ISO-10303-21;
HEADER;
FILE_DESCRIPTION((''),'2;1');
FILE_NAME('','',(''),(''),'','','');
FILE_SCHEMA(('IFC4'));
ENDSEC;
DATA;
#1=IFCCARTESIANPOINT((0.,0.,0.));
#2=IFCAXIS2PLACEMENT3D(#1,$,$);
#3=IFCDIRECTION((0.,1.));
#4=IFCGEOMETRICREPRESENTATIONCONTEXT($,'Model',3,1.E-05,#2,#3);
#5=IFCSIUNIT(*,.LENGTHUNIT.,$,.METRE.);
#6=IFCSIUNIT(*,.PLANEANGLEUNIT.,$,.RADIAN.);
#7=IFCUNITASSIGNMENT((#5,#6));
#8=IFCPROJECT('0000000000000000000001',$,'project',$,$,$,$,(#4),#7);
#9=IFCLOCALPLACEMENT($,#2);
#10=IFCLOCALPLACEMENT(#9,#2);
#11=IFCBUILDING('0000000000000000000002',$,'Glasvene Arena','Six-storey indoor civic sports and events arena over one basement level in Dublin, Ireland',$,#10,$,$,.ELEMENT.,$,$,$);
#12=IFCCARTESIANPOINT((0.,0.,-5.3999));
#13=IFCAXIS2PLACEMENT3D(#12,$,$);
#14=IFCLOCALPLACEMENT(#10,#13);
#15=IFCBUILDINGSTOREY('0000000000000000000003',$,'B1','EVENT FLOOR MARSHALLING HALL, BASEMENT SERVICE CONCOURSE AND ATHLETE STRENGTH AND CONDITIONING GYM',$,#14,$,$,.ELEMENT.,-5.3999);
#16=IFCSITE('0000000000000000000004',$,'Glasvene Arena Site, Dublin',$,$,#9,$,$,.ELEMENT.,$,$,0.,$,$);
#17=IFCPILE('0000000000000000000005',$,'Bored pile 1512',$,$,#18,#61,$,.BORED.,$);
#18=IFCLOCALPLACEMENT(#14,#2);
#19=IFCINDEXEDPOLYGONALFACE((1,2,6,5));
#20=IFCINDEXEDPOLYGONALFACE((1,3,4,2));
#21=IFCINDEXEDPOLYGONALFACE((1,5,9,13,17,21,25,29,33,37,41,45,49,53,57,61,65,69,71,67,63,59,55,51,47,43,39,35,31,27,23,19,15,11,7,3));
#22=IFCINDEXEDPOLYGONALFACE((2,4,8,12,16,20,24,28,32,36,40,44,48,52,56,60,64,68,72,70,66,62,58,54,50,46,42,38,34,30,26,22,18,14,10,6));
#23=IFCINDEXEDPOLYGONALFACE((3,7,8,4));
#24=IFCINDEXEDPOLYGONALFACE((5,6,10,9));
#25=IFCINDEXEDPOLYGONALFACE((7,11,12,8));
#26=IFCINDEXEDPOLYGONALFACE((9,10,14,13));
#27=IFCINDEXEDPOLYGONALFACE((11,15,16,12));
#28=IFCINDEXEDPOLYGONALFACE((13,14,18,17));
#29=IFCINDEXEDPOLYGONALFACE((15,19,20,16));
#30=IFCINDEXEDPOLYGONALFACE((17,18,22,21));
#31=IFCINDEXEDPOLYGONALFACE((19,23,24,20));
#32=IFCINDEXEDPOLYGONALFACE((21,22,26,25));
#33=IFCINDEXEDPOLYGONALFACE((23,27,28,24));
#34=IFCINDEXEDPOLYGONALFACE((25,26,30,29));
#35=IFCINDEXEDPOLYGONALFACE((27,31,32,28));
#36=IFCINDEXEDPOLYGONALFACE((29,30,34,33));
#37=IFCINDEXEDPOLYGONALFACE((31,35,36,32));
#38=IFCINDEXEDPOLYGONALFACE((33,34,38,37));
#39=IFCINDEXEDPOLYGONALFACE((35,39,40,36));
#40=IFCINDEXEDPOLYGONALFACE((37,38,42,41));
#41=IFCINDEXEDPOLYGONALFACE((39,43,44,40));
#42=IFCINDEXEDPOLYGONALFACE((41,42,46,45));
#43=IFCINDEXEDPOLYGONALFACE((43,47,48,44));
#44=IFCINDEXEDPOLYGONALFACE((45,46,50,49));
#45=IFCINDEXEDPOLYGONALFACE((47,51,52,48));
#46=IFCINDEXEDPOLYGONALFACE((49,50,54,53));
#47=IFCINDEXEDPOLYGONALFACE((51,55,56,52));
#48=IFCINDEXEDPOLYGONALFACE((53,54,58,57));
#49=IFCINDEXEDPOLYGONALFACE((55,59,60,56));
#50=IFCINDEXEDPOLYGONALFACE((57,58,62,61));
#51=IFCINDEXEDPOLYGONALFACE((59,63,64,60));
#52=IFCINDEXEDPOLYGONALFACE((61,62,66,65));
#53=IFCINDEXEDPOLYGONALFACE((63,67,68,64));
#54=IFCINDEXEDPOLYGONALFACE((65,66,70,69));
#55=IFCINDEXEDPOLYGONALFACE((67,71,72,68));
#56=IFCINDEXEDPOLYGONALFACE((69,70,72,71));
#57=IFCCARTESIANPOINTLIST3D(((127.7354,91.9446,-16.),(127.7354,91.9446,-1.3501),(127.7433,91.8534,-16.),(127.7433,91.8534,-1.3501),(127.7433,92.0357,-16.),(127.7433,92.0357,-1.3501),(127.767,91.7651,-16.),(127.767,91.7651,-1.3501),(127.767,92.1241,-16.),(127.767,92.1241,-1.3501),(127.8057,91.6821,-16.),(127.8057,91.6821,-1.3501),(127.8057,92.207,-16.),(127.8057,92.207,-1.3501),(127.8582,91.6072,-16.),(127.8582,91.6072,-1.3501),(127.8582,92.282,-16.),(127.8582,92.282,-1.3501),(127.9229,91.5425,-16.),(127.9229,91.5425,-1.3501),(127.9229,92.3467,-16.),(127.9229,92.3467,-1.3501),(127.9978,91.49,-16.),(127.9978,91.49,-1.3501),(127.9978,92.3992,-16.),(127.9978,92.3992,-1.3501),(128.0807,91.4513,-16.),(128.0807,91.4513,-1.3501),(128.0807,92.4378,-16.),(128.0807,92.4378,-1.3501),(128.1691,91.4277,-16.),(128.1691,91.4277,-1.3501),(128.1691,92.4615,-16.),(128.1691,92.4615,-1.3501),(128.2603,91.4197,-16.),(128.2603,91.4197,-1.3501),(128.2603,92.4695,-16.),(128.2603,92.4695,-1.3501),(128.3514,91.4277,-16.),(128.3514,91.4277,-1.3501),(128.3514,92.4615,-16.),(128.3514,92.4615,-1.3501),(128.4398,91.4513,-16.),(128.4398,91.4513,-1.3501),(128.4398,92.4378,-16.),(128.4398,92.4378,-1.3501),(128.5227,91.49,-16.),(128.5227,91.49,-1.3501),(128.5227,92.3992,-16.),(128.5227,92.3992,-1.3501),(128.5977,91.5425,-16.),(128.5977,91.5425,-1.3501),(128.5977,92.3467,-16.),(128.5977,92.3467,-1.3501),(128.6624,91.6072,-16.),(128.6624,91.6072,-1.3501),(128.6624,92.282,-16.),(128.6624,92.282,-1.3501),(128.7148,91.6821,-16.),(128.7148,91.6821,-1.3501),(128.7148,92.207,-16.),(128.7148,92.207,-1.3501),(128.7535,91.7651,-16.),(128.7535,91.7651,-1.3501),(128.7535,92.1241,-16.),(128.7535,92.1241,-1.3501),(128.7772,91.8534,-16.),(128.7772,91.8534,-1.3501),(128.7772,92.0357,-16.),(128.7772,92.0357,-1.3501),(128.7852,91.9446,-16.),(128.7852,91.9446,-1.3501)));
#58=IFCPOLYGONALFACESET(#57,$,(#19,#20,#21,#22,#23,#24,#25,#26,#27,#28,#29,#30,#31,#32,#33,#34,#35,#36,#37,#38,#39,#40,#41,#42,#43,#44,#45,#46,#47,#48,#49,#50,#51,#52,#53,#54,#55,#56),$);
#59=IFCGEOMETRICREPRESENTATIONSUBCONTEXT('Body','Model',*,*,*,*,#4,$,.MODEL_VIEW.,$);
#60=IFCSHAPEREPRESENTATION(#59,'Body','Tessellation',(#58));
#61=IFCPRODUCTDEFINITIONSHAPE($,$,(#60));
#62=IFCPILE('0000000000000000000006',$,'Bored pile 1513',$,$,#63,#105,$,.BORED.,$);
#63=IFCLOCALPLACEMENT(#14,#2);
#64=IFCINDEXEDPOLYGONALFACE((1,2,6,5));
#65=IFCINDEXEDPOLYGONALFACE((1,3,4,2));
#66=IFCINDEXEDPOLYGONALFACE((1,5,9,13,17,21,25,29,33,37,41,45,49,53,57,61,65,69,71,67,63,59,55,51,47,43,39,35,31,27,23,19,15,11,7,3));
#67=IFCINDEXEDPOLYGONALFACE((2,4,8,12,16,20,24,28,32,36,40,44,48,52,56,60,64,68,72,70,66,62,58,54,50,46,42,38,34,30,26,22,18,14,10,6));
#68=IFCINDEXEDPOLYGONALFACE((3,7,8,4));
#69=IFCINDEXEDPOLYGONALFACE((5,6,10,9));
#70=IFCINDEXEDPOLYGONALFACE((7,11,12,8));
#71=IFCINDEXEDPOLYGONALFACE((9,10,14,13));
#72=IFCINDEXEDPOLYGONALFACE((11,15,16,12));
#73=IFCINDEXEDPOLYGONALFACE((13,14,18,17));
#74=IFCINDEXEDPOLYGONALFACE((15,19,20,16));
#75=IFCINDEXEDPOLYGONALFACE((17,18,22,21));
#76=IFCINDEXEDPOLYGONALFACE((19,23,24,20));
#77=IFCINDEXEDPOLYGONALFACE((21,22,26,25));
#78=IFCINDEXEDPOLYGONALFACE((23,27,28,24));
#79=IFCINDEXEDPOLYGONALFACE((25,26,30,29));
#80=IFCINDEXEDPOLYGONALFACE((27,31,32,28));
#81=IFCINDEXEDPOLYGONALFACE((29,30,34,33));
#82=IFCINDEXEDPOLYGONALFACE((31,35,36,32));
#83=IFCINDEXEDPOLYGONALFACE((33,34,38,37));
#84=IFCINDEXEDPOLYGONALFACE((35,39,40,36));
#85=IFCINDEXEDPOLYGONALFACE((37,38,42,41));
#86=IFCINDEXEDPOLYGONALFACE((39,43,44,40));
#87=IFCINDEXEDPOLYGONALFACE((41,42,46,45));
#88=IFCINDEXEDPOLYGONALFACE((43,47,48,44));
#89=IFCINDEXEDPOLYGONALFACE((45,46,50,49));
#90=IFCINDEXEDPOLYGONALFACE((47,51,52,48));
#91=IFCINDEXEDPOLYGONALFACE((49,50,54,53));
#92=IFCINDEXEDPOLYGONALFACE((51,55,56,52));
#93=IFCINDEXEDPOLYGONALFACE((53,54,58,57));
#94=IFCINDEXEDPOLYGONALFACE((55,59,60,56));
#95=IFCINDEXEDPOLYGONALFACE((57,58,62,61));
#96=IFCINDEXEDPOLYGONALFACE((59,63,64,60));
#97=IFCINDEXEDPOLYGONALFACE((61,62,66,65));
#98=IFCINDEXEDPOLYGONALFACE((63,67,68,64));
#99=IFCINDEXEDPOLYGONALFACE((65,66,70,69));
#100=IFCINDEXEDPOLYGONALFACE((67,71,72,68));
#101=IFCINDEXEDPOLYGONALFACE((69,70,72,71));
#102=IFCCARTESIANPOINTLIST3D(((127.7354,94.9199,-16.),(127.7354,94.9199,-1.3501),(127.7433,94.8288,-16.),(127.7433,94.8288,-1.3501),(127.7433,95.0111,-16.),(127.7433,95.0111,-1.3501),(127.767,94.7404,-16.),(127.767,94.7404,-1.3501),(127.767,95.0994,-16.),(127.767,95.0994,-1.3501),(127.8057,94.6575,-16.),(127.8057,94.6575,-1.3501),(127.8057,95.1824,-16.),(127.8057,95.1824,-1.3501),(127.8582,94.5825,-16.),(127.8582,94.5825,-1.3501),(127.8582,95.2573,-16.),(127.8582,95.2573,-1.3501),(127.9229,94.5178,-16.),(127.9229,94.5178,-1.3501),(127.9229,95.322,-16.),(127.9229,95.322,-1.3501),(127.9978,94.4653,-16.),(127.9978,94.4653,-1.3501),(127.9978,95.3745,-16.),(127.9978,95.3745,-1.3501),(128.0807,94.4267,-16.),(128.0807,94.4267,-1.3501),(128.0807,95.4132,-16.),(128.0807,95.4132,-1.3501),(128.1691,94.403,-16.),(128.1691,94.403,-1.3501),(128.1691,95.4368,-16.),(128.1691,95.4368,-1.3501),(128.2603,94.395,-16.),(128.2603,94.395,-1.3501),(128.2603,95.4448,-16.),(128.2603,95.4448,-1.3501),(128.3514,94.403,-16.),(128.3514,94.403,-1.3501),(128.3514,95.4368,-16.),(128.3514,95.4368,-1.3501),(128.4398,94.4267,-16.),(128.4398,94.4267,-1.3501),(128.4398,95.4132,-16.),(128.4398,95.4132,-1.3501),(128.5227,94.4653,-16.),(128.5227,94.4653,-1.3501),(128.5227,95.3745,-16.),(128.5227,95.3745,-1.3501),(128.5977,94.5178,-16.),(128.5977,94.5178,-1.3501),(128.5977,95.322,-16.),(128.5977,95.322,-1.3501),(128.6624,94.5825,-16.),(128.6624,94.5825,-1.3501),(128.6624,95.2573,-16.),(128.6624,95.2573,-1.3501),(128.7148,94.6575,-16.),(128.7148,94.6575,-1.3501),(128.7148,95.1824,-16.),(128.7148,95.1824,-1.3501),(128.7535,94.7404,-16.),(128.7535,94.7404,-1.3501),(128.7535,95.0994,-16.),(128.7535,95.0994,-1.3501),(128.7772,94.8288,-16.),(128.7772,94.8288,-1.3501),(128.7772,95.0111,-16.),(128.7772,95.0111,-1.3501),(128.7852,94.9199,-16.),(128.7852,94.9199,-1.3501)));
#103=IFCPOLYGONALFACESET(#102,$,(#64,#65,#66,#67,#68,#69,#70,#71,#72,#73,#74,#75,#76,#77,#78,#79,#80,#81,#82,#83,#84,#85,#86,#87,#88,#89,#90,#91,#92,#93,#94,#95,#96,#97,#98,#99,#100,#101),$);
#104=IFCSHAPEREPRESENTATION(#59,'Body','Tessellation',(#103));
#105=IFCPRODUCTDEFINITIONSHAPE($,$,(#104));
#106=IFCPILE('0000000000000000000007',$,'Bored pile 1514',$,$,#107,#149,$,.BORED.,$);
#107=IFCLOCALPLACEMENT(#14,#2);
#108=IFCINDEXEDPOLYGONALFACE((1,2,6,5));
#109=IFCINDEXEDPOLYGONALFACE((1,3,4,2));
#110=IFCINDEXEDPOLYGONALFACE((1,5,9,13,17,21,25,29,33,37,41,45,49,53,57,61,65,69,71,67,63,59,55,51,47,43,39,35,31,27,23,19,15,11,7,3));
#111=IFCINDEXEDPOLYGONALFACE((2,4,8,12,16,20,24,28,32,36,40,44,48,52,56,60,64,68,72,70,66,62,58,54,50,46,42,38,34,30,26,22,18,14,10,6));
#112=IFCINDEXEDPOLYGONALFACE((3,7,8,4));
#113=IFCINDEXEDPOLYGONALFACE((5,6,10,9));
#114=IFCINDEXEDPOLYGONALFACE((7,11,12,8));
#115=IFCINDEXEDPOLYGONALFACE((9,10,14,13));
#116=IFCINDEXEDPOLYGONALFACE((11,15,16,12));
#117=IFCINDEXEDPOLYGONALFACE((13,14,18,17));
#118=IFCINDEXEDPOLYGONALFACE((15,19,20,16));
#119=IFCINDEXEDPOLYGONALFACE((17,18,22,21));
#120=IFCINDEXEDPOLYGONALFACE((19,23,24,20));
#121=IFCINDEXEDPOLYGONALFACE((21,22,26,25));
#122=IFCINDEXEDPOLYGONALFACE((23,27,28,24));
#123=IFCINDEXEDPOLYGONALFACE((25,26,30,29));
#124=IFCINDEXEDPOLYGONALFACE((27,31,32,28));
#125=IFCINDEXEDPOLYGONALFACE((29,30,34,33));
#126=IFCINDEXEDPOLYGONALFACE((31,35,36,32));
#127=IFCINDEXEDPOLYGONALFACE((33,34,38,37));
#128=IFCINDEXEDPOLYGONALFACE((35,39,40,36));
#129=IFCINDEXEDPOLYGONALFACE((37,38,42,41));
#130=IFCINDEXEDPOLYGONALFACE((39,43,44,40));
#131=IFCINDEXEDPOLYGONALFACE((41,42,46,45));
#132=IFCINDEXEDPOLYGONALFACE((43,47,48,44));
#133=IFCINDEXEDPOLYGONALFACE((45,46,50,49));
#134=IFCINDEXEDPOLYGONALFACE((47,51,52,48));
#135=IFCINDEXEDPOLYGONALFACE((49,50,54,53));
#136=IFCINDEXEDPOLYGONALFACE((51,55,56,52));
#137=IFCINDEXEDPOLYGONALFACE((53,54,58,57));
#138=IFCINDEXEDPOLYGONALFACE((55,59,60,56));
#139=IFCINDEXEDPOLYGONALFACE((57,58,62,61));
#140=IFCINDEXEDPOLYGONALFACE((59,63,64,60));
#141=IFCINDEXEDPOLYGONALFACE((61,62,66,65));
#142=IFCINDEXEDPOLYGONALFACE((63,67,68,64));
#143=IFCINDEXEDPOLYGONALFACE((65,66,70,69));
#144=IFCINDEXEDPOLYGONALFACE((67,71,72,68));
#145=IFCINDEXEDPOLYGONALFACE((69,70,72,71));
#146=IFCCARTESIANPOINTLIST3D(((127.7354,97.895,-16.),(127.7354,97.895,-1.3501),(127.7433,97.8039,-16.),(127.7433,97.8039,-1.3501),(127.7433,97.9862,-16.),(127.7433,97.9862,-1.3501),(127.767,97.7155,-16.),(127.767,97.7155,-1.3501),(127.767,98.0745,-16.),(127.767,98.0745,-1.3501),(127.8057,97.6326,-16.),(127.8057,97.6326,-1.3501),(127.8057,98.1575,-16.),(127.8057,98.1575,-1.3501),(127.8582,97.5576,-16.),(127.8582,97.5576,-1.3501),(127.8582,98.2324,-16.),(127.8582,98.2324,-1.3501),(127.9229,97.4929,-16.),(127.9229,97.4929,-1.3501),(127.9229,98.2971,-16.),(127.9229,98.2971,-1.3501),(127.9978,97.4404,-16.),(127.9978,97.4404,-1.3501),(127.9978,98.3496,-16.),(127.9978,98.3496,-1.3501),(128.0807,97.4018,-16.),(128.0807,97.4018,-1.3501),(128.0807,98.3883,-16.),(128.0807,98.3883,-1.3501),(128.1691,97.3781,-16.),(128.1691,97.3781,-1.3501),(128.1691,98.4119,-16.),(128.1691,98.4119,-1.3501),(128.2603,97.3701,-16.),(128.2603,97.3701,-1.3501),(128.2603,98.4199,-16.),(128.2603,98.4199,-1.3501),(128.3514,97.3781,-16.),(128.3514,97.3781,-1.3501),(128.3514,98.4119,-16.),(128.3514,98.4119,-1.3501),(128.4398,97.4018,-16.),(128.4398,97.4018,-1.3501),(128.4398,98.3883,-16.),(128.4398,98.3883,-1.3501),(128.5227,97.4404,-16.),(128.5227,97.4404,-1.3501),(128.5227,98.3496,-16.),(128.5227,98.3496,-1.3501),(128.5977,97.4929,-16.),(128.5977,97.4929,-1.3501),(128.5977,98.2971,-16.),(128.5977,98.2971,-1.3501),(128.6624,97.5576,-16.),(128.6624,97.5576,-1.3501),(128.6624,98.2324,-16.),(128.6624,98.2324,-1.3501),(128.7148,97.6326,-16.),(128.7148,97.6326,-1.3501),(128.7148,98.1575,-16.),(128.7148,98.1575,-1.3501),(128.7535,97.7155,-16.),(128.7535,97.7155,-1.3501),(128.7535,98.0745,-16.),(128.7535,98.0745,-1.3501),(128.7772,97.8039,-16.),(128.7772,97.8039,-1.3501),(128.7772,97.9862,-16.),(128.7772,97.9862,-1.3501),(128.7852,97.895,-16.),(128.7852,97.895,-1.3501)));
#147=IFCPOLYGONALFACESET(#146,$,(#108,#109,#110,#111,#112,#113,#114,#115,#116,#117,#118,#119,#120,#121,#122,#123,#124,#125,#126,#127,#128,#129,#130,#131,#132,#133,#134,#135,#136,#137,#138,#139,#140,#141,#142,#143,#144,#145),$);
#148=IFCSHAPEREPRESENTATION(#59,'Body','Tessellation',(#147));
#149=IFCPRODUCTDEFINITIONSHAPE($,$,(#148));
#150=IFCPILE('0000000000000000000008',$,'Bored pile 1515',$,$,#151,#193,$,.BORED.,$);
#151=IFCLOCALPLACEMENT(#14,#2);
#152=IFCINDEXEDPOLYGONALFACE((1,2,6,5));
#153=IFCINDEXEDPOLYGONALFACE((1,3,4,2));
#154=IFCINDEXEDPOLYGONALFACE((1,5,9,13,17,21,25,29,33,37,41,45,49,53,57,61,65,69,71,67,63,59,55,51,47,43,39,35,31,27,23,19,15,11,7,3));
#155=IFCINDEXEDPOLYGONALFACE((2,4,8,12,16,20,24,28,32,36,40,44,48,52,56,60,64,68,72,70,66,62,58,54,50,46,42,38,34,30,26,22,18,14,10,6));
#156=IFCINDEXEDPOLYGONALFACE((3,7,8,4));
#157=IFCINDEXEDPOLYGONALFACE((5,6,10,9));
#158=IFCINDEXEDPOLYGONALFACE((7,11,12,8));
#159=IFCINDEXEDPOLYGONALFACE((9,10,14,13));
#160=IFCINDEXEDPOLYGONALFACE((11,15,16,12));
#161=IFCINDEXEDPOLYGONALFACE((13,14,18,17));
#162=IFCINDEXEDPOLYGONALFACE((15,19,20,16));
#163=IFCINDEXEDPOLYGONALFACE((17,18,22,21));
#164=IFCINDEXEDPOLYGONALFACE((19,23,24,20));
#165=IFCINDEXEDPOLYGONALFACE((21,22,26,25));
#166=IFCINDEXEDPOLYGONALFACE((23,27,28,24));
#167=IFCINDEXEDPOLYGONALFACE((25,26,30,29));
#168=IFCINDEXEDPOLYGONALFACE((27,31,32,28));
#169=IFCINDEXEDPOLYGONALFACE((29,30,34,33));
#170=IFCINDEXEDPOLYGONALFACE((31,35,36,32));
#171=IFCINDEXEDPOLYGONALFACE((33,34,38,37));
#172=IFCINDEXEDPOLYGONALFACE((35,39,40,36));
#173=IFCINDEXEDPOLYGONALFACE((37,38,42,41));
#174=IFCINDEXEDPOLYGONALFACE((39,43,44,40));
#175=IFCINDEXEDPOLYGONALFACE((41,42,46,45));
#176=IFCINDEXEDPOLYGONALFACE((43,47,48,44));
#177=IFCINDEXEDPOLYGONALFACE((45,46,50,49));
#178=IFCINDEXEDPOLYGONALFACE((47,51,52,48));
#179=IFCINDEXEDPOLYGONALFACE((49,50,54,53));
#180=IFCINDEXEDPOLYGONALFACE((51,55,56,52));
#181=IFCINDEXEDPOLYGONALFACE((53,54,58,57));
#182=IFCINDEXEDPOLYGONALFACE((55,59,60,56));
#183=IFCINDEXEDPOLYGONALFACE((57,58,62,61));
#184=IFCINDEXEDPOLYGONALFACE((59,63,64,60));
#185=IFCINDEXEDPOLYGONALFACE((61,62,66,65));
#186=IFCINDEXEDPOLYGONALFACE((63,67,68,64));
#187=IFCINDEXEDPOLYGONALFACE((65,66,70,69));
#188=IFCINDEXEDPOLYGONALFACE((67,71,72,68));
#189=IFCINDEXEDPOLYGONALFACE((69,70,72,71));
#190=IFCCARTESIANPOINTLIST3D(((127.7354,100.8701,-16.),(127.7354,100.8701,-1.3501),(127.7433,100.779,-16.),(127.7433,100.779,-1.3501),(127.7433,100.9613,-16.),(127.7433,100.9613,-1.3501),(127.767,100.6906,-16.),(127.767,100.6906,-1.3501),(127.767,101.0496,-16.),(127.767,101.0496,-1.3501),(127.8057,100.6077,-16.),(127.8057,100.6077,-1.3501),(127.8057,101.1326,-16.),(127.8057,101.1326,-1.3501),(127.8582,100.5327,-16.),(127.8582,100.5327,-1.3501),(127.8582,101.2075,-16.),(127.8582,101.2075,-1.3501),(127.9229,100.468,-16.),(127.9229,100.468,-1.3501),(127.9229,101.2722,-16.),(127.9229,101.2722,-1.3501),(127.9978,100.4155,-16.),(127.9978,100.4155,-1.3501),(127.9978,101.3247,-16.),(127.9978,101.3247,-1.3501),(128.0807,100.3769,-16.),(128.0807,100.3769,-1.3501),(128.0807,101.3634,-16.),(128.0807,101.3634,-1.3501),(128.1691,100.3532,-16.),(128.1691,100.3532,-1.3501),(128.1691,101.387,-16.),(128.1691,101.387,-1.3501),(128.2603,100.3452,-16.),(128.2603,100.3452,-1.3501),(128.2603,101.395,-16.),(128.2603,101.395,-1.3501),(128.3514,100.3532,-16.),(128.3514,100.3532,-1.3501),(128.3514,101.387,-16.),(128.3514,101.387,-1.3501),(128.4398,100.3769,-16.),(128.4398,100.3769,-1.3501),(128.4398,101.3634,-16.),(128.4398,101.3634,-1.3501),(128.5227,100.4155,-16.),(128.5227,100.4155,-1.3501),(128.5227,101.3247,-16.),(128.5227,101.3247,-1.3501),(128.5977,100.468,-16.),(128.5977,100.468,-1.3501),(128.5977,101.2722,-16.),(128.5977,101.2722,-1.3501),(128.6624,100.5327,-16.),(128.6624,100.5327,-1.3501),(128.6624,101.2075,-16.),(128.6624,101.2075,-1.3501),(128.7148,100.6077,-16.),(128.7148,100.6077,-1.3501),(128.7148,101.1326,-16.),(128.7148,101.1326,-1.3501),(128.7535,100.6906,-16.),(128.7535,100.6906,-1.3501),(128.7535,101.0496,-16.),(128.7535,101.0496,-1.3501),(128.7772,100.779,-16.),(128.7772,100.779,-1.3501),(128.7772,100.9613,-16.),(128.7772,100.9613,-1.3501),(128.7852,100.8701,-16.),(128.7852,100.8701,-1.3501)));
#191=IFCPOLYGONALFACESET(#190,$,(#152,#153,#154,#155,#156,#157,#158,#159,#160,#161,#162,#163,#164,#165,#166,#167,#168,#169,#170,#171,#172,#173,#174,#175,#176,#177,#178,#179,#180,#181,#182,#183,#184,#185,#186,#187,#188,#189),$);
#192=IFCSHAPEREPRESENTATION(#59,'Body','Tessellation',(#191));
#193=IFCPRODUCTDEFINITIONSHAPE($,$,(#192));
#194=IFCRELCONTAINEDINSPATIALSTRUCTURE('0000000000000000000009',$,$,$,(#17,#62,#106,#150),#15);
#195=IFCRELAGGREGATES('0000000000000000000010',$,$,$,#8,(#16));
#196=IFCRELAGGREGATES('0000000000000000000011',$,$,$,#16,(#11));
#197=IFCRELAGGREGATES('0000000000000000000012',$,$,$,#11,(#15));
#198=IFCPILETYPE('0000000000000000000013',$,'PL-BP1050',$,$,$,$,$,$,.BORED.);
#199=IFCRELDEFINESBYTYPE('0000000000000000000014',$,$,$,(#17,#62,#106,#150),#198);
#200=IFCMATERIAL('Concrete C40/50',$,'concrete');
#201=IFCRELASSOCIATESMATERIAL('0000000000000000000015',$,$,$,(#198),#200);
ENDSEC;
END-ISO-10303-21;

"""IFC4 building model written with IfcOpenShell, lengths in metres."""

from ifc_helpers import new_model, si_unit, direction, frame, origin, origin_2d, place, context, subcontext, project, spatial, circle, extrude, material, material_profile, profile_set, type_object, element, save


model = new_model("IFC4")

# Units and contexts
model_context = context("Model", 3, precision=1e-05, world=origin(), true_north=direction((0.0, 1.0)))
body_context = subcontext(model_context, "Body", "Model", "MODEL_VIEW")
ifc_project = project(units=[si_unit("LENGTHUNIT", "METRE"), si_unit("PLANEANGLEUNIT", "RADIAN")], contexts=[model_context])

# Site, building, storey
site_placement = place(None, origin())
site = spatial("IfcSite", under=ifc_project, at=site_placement, Name="Glasvene Arena Site, Dublin", CompositionType="ELEMENT", RefElevation=0.0)
building_placement = place(site_placement, origin())
building = spatial("IfcBuilding", under=site, at=building_placement, Name="Glasvene Arena", Description="Six-storey indoor civic sports and events arena over one basement level in Dublin, Ireland", CompositionType="ELEMENT")
storey_placement = place(building_placement, frame((0.0, 0.0, -5.3999)))
storey = spatial("IfcBuildingStorey", under=building, at=storey_placement, Name="B1", Description="EVENT FLOOR MARSHALLING HALL, BASEMENT SERVICE CONCOURSE AND ATHLETE STRENGTH AND CONDITIONING GYM", CompositionType="ELEMENT", Elevation=-5.3999)

# Piles
ifc_material_1 = material(Name="Concrete C40/50", Category="concrete")
ifc_material_profile_1 = material_profile(ifc_material_1, circle(Radius=0.5249, at=origin_2d()), Name="BORED PILE 1050")
ifc_profile_set_1 = profile_set([ifc_material_profile_1], Name="Concrete C40/50")
pile_type = type_object("IfcPileType", Name="PL-BP1050", PredefinedType="BORED", material=ifc_profile_set_1)
for number, where, z_axis, x_axis, name in (
    (1, (128.2603, 91.9446, -1.3501), (0.0, 0.0, -1.0), (1.0, 0.0, 0.0), "Bored pile 1512"),
    (2, (128.2603, 94.9199, -1.3501), (0.0, 0.0, -1.0), (1.0, 0.0, 0.0), "Bored pile 1513"),
    (3, (128.2603, 97.895, -1.3501), (0.0, 0.0, -1.0), (1.0, 0.0, 0.0), "Bored pile 1514"),
    (4, (128.2603, 100.8701, -1.3501), (0.0, 0.0, -1.0), (1.0, 0.0, 0.0), "Bored pile 1515"),
):
    element("IfcPile", number, at=place(storey_placement, frame(where, z_axis=z_axis, x_axis=x_axis)), inside=storey, type_object=pile_type, Name=name, PredefinedType="BORED", context=body_context, shape_type="SweptSolid", body=[
        extrude(circle(Radius=0.5249, at=origin_2d()), origin(), (0.0, 0.0, 1.0), 14.6499),
    ])

save(model, "model.ifc")
